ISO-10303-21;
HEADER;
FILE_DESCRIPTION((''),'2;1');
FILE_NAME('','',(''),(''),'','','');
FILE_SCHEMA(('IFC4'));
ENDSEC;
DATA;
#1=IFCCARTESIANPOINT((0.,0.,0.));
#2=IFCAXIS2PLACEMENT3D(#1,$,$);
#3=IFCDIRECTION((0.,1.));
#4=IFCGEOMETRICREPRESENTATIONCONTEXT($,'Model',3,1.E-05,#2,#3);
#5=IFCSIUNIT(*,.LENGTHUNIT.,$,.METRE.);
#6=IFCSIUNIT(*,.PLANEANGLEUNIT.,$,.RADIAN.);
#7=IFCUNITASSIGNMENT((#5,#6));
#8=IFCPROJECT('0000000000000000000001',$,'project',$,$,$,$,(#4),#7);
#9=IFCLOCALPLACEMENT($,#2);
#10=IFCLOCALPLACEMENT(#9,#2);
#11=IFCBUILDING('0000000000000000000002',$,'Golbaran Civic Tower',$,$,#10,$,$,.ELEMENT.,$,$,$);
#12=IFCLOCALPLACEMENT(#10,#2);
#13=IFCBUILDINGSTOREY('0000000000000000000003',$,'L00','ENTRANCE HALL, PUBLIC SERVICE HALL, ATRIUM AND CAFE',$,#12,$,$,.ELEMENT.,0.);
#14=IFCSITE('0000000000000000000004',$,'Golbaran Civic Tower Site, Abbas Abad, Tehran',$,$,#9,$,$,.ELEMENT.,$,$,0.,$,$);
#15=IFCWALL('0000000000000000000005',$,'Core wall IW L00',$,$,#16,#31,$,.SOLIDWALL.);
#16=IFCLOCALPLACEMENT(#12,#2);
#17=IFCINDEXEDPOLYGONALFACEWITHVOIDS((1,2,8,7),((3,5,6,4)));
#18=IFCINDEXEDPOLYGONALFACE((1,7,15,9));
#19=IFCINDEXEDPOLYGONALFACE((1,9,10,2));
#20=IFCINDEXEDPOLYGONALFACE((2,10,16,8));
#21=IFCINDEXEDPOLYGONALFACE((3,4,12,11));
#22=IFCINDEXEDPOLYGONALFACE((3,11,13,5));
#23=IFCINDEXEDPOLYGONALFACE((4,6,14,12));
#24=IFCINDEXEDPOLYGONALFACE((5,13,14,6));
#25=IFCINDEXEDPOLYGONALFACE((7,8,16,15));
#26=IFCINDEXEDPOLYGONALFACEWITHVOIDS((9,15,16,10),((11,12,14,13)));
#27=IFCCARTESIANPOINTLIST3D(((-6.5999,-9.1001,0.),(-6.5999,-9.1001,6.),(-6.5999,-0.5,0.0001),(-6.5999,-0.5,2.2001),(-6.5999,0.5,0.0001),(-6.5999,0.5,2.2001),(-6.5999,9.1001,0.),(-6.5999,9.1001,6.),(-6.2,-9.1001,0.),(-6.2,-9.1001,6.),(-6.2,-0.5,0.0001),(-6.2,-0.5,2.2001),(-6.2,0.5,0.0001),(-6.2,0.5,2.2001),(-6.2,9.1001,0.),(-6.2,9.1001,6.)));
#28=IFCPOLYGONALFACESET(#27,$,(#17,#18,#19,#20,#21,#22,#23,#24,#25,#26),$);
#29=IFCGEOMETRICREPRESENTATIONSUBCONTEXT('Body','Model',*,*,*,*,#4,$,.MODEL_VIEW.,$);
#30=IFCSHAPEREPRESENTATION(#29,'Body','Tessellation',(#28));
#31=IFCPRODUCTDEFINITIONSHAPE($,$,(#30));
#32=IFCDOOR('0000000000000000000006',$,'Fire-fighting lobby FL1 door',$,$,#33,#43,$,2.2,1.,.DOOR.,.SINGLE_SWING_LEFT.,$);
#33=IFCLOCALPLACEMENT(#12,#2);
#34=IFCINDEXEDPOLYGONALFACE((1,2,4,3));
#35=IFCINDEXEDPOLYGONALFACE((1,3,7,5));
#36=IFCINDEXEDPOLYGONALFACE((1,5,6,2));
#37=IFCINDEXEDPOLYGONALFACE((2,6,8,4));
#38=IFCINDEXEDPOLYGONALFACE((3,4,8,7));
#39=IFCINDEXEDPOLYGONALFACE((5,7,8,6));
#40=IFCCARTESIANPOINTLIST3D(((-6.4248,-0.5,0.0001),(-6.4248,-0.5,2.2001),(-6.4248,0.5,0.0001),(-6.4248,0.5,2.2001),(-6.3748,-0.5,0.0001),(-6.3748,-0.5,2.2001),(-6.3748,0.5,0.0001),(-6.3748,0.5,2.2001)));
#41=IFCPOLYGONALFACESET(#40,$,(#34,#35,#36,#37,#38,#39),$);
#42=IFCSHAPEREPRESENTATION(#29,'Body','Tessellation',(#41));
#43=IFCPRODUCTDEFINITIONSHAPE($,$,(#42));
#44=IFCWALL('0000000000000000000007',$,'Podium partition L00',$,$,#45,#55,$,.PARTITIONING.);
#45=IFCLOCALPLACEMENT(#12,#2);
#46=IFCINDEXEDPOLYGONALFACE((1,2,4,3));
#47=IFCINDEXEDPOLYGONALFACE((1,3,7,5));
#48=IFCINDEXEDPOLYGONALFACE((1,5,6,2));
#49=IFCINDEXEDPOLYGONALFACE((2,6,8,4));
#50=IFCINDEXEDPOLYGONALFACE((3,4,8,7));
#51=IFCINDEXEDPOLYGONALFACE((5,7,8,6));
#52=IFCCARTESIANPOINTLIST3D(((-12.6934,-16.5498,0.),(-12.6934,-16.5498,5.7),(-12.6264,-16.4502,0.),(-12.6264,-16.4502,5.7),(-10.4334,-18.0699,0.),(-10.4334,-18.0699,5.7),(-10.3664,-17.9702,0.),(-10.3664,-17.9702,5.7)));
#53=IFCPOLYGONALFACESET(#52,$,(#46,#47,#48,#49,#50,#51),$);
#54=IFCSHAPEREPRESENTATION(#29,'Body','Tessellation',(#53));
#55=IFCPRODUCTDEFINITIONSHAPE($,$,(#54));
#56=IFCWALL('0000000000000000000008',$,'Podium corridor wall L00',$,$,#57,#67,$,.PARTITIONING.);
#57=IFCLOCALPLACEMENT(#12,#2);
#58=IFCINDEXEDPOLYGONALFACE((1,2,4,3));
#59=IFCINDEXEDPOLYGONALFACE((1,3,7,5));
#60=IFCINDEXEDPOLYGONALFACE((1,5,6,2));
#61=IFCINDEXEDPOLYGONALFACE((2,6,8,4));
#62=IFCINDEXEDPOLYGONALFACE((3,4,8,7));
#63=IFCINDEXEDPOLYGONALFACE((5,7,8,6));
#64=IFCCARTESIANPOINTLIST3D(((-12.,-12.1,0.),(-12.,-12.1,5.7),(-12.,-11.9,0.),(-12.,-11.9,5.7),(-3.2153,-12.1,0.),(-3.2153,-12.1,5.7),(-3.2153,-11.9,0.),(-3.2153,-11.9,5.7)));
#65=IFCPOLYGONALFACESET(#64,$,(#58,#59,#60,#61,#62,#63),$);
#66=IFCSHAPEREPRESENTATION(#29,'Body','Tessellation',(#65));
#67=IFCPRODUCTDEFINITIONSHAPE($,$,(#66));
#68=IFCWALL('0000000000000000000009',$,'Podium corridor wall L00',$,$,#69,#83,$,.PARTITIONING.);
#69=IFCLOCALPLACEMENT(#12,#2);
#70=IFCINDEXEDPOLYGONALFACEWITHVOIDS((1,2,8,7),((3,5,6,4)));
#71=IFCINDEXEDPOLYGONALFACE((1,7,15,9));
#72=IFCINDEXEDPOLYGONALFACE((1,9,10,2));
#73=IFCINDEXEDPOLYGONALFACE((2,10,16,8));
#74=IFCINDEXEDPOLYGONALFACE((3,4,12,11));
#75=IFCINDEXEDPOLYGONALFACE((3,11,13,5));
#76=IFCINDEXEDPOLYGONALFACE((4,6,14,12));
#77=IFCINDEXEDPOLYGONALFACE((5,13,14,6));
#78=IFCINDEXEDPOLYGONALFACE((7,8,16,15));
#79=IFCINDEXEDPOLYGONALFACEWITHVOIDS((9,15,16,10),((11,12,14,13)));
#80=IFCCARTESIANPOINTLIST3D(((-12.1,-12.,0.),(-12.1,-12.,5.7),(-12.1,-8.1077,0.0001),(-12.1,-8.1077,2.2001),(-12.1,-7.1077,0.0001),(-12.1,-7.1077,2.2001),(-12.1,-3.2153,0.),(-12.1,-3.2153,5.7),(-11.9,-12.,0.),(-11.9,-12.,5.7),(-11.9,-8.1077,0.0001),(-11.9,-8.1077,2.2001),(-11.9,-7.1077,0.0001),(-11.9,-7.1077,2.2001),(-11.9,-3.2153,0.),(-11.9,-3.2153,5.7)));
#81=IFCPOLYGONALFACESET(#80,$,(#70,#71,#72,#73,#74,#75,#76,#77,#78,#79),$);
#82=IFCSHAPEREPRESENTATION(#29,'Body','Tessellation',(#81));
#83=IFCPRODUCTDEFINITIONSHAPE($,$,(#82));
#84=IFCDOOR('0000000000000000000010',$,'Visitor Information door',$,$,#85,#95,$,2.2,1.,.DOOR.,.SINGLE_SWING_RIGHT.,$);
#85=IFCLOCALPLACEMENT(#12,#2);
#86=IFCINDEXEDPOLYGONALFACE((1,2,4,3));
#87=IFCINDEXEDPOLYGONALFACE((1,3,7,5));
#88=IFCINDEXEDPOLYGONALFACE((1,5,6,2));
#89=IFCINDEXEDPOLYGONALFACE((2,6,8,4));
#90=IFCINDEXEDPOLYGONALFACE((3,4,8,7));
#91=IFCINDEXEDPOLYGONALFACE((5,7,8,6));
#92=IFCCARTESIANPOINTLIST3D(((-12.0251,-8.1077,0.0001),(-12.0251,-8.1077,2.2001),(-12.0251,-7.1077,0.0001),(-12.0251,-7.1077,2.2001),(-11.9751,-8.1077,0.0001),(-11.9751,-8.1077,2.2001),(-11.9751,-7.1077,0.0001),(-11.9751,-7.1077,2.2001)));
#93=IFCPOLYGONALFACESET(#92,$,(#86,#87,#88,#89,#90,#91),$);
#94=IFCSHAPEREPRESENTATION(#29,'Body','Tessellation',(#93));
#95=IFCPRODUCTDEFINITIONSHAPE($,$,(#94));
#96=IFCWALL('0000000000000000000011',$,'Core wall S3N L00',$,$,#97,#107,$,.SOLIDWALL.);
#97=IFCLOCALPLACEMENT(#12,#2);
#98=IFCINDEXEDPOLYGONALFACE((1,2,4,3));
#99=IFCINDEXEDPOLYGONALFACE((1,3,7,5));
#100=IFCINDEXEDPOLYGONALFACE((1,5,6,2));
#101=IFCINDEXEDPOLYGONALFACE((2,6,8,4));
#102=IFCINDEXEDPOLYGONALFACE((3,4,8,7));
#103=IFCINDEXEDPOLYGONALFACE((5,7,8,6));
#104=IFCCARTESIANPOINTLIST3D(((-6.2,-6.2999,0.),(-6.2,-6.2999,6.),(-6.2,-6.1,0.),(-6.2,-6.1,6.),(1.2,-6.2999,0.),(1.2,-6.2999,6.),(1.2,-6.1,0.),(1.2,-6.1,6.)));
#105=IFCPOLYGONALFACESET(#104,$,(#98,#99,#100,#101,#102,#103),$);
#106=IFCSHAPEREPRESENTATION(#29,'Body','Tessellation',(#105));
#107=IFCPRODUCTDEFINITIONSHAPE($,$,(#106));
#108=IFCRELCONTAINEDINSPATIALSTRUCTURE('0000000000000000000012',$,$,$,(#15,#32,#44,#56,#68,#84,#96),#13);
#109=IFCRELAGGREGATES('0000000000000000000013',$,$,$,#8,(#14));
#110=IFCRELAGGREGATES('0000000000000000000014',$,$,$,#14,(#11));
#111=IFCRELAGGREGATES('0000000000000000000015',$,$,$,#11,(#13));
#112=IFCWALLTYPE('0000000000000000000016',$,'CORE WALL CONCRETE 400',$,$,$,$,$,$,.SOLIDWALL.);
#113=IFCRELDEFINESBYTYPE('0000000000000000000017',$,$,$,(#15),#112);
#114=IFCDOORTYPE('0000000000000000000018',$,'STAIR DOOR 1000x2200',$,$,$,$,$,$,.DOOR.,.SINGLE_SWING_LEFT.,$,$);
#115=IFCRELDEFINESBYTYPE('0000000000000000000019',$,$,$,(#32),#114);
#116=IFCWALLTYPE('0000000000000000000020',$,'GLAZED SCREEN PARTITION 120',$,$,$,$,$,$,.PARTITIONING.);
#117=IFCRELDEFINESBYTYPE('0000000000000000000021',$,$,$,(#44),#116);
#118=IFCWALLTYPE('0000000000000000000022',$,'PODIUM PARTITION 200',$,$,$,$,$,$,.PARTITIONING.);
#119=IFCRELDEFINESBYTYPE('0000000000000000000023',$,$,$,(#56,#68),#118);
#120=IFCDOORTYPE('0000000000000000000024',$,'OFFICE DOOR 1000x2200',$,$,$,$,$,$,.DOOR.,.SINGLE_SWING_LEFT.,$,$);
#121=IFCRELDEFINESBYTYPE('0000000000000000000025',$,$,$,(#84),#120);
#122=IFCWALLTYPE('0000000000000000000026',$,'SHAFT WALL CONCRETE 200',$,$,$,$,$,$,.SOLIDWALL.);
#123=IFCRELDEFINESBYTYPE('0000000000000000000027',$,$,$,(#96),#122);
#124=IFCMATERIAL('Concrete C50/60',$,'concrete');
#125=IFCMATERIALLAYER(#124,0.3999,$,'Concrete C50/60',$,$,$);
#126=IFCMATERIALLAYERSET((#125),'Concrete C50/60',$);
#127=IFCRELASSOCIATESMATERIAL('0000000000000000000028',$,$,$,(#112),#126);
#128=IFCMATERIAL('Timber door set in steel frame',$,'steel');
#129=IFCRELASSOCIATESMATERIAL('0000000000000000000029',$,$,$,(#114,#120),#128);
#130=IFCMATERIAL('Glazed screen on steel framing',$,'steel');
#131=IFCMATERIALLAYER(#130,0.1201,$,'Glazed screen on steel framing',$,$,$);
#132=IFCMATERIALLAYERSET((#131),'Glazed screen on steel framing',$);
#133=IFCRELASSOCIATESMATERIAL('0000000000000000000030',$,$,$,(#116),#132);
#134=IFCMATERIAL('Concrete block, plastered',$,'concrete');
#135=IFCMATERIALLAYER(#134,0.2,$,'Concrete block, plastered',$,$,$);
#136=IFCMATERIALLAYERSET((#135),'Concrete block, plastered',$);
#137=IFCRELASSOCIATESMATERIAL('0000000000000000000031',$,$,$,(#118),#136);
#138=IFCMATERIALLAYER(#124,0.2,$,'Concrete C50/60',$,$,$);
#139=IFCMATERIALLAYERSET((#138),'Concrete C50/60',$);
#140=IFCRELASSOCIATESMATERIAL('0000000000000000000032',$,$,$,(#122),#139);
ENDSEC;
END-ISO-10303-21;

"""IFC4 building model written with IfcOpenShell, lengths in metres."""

from ifc_helpers import new_model, si_unit, direction, frame, frame_2d, origin, place, context, subcontext, project, spatial, rectangle, extrude, material, layer, layer_set, type_object, element, fill, save


model = new_model("IFC4")

# Units and contexts
model_context = context("Model", 3, precision=1e-05, world=origin(), true_north=direction((0.0, 1.0)))
body_context = subcontext(model_context, "Body", "Model", "MODEL_VIEW")
ifc_project = project(units=[si_unit("LENGTHUNIT", "METRE"), si_unit("PLANEANGLEUNIT", "RADIAN")], contexts=[model_context])

# Site, building, storey
site_placement = place(None, origin())
site = spatial("IfcSite", under=ifc_project, at=site_placement, Name="Golbaran Civic Tower Site, Abbas Abad, Tehran", CompositionType="ELEMENT", RefElevation=0.0)
building_placement = place(site_placement, origin())
building = spatial("IfcBuilding", under=site, at=building_placement, Name="Golbaran Civic Tower", CompositionType="ELEMENT")
storey_placement = place(building_placement, origin())
storey = spatial("IfcBuildingStorey", under=building, at=storey_placement, Name="L00", Description="ENTRANCE HALL, PUBLIC SERVICE HALL, ATRIUM AND CAFE", CompositionType="ELEMENT", Elevation=0.0)

# Wall, opening, door
ifc_material_1 = material(Name="Concrete C50/60", Category="concrete")
ifc_layer_1 = layer(ifc_material_1, 0.3999, Name="Concrete C50/60")
ifc_layer_set_1 = layer_set([ifc_layer_1], Name="Concrete C50/60")
wall_type_1 = type_object("IfcWallType", Name="CORE WALL CONCRETE 400", PredefinedType="SOLIDWALL", material=ifc_layer_set_1)
wall_1_placement = place(storey_placement, frame((-6.3999, -9.1001, 0.0), z_axis=(0.0, 0.0, 1.0), x_axis=(0.0, 1.0, 0.0)))
wall_1 = element("IfcWall", 1, at=wall_1_placement, inside=storey, type_object=wall_type_1, Name="Core wall IW L00", PredefinedType="SOLIDWALL", context=body_context, shape_type="SweptSolid", body=[
    extrude(rectangle(XDim=18.2002, YDim=0.3999, at=frame_2d((9.1001, 0.0))), origin(), (0.0, 0.0, 1.0), 6.0),
])
opening_1_placement = place(wall_1_placement, frame((8.6001, 0.0, 0.0)))
opening_1 = element("IfcOpeningElement", 2, at=opening_1_placement, cuts=wall_1, PredefinedType="OPENING", context=body_context, shape_type="SweptSolid", body=[
    extrude(rectangle(XDim=1.0, YDim=2.2, at=frame_2d((0.5, 1.1001))), frame((0.0, 0.21, 0.0), z_axis=(0.0, -1.0, 0.0), x_axis=(1.0, 0.0, 0.0)), (0.0, 0.0, 1.0), 0.4199),
])
ifc_material_2 = material(Name="Timber door set in steel frame", Category="steel")
door_type_1 = type_object("IfcDoorType", Name="STAIR DOOR 1000x2200", OperationType="SINGLE_SWING_LEFT", PredefinedType="DOOR", material=ifc_material_2)
door_1_placement = place(opening_1_placement, origin())
door_1 = element("IfcDoor", 3, at=door_1_placement, inside=storey, type_object=door_type_1, Name="Fire-fighting lobby FL1 door", OperationType="SINGLE_SWING_LEFT", OverallHeight=2.2, OverallWidth=1.0, PredefinedType="DOOR", context=body_context, shape_type="SweptSolid", body=[
    extrude(rectangle(XDim=1.0, YDim=2.2, at=frame_2d((0.5, 1.1001))), frame((0.0, 0.0249, 0.0), z_axis=(0.0, -1.0, 0.0), x_axis=(1.0, 0.0, 0.0)), (0.0, 0.0, 1.0), 0.05),
])
fill(opening_1, door_1)

# Walls
ifc_material_3 = material(Name="Glazed screen on steel framing", Category="steel")
ifc_layer_2 = layer(ifc_material_3, 0.1201, Name="Glazed screen on steel framing")
ifc_layer_set_2 = layer_set([ifc_layer_2], Name="Glazed screen on steel framing")
wall_type_2 = type_object("IfcWallType", Name="GLAZED SCREEN PARTITION 120", PredefinedType="PARTITIONING", material=ifc_layer_set_2)
wall_2_placement = place(storey_placement, frame((-12.6599, -16.5, 0.0), z_axis=(0.0, 0.0, 1.0), x_axis=(0.829782, -0.558088, 0.0)))
element("IfcWall", 4, at=wall_2_placement, inside=storey, type_object=wall_type_2, Name="Podium partition L00", PredefinedType="PARTITIONING", context=body_context, shape_type="SweptSolid", body=[
    extrude(rectangle(XDim=2.7236, YDim=0.1201, at=frame_2d((1.3618, 0.0))), origin(), (0.0, 0.0, 1.0), 5.7),
])
ifc_material_4 = material(Name="Concrete block, plastered", Category="concrete")
ifc_layer_3 = layer(ifc_material_4, 0.2, Name="Concrete block, plastered")
ifc_layer_set_3 = layer_set([ifc_layer_3], Name="Concrete block, plastered")
wall_type_3 = type_object("IfcWallType", Name="PODIUM PARTITION 200", PredefinedType="PARTITIONING", material=ifc_layer_set_3)
wall_3_placement = place(storey_placement, frame((-12.0, -12.0, 0.0), z_axis=(0.0, 0.0, 1.0), x_axis=(1.0, 0.0, 0.0)))
element("IfcWall", 5, at=wall_3_placement, inside=storey, type_object=wall_type_3, Name="Podium corridor wall L00", PredefinedType="PARTITIONING", context=body_context, shape_type="SweptSolid", body=[
    extrude(rectangle(XDim=8.7847, YDim=0.2, at=frame_2d((4.3923, 0.0))), origin(), (0.0, 0.0, 1.0), 5.7),
])

# Wall, opening, door
wall_4_placement = place(storey_placement, frame((-12.0, -3.2153, 0.0), z_axis=(0.0, 0.0, 1.0), x_axis=(0.0, -1.0, 0.0)))
wall_4 = element("IfcWall", 6, at=wall_4_placement, inside=storey, type_object=wall_type_3, Name="Podium corridor wall L00", PredefinedType="PARTITIONING", context=body_context, shape_type="SweptSolid", body=[
    extrude(rectangle(XDim=8.7847, YDim=0.2, at=frame_2d((4.3923, 0.0))), origin(), (0.0, 0.0, 1.0), 5.7),
])
opening_2_placement = place(wall_4_placement, frame((3.8923, 0.0, 0.0)))
opening_2 = element("IfcOpeningElement", 7, at=opening_2_placement, cuts=wall_4, PredefinedType="OPENING", context=body_context, shape_type="SweptSolid", body=[
    extrude(rectangle(XDim=1.0, YDim=2.2, at=frame_2d((0.5, 1.1001))), frame((0.0, 0.1099, 0.0), z_axis=(0.0, -1.0, 0.0), x_axis=(1.0, 0.0, 0.0)), (0.0, 0.0, 1.0), 0.22),
])
door_type_2 = type_object("IfcDoorType", Name="OFFICE DOOR 1000x2200", OperationType="SINGLE_SWING_LEFT", PredefinedType="DOOR", material=ifc_material_2)
door_2_placement = place(opening_2_placement, origin())
door_2 = element("IfcDoor", 8, at=door_2_placement, inside=storey, type_object=door_type_2, Name="Visitor Information door", OperationType="SINGLE_SWING_RIGHT", OverallHeight=2.2, OverallWidth=1.0, PredefinedType="DOOR", context=body_context, shape_type="SweptSolid", body=[
    extrude(rectangle(XDim=1.0, YDim=2.2, at=frame_2d((0.5, 1.1001))), frame((0.0, 0.0249, 0.0), z_axis=(0.0, -1.0, 0.0), x_axis=(1.0, 0.0, 0.0)), (0.0, 0.0, 1.0), 0.05),
])
fill(opening_2, door_2)

# Wall
ifc_layer_4 = layer(ifc_material_1, 0.2, Name="Concrete C50/60")
ifc_layer_set_4 = layer_set([ifc_layer_4], Name="Concrete C50/60")
wall_type_4 = type_object("IfcWallType", Name="SHAFT WALL CONCRETE 200", PredefinedType="SOLIDWALL", material=ifc_layer_set_4)
wall_5_placement = place(storey_placement, frame((-6.2, -6.2, 0.0), z_axis=(0.0, 0.0, 1.0), x_axis=(1.0, 0.0, 0.0)))
element("IfcWall", 9, at=wall_5_placement, inside=storey, type_object=wall_type_4, Name="Core wall S3N L00", PredefinedType="SOLIDWALL", context=body_context, shape_type="SweptSolid", body=[
    extrude(rectangle(XDim=7.3999, YDim=0.2, at=frame_2d((3.7, 0.0))), origin(), (0.0, 0.0, 1.0), 6.0),
])

save(model, "model.ifc")
